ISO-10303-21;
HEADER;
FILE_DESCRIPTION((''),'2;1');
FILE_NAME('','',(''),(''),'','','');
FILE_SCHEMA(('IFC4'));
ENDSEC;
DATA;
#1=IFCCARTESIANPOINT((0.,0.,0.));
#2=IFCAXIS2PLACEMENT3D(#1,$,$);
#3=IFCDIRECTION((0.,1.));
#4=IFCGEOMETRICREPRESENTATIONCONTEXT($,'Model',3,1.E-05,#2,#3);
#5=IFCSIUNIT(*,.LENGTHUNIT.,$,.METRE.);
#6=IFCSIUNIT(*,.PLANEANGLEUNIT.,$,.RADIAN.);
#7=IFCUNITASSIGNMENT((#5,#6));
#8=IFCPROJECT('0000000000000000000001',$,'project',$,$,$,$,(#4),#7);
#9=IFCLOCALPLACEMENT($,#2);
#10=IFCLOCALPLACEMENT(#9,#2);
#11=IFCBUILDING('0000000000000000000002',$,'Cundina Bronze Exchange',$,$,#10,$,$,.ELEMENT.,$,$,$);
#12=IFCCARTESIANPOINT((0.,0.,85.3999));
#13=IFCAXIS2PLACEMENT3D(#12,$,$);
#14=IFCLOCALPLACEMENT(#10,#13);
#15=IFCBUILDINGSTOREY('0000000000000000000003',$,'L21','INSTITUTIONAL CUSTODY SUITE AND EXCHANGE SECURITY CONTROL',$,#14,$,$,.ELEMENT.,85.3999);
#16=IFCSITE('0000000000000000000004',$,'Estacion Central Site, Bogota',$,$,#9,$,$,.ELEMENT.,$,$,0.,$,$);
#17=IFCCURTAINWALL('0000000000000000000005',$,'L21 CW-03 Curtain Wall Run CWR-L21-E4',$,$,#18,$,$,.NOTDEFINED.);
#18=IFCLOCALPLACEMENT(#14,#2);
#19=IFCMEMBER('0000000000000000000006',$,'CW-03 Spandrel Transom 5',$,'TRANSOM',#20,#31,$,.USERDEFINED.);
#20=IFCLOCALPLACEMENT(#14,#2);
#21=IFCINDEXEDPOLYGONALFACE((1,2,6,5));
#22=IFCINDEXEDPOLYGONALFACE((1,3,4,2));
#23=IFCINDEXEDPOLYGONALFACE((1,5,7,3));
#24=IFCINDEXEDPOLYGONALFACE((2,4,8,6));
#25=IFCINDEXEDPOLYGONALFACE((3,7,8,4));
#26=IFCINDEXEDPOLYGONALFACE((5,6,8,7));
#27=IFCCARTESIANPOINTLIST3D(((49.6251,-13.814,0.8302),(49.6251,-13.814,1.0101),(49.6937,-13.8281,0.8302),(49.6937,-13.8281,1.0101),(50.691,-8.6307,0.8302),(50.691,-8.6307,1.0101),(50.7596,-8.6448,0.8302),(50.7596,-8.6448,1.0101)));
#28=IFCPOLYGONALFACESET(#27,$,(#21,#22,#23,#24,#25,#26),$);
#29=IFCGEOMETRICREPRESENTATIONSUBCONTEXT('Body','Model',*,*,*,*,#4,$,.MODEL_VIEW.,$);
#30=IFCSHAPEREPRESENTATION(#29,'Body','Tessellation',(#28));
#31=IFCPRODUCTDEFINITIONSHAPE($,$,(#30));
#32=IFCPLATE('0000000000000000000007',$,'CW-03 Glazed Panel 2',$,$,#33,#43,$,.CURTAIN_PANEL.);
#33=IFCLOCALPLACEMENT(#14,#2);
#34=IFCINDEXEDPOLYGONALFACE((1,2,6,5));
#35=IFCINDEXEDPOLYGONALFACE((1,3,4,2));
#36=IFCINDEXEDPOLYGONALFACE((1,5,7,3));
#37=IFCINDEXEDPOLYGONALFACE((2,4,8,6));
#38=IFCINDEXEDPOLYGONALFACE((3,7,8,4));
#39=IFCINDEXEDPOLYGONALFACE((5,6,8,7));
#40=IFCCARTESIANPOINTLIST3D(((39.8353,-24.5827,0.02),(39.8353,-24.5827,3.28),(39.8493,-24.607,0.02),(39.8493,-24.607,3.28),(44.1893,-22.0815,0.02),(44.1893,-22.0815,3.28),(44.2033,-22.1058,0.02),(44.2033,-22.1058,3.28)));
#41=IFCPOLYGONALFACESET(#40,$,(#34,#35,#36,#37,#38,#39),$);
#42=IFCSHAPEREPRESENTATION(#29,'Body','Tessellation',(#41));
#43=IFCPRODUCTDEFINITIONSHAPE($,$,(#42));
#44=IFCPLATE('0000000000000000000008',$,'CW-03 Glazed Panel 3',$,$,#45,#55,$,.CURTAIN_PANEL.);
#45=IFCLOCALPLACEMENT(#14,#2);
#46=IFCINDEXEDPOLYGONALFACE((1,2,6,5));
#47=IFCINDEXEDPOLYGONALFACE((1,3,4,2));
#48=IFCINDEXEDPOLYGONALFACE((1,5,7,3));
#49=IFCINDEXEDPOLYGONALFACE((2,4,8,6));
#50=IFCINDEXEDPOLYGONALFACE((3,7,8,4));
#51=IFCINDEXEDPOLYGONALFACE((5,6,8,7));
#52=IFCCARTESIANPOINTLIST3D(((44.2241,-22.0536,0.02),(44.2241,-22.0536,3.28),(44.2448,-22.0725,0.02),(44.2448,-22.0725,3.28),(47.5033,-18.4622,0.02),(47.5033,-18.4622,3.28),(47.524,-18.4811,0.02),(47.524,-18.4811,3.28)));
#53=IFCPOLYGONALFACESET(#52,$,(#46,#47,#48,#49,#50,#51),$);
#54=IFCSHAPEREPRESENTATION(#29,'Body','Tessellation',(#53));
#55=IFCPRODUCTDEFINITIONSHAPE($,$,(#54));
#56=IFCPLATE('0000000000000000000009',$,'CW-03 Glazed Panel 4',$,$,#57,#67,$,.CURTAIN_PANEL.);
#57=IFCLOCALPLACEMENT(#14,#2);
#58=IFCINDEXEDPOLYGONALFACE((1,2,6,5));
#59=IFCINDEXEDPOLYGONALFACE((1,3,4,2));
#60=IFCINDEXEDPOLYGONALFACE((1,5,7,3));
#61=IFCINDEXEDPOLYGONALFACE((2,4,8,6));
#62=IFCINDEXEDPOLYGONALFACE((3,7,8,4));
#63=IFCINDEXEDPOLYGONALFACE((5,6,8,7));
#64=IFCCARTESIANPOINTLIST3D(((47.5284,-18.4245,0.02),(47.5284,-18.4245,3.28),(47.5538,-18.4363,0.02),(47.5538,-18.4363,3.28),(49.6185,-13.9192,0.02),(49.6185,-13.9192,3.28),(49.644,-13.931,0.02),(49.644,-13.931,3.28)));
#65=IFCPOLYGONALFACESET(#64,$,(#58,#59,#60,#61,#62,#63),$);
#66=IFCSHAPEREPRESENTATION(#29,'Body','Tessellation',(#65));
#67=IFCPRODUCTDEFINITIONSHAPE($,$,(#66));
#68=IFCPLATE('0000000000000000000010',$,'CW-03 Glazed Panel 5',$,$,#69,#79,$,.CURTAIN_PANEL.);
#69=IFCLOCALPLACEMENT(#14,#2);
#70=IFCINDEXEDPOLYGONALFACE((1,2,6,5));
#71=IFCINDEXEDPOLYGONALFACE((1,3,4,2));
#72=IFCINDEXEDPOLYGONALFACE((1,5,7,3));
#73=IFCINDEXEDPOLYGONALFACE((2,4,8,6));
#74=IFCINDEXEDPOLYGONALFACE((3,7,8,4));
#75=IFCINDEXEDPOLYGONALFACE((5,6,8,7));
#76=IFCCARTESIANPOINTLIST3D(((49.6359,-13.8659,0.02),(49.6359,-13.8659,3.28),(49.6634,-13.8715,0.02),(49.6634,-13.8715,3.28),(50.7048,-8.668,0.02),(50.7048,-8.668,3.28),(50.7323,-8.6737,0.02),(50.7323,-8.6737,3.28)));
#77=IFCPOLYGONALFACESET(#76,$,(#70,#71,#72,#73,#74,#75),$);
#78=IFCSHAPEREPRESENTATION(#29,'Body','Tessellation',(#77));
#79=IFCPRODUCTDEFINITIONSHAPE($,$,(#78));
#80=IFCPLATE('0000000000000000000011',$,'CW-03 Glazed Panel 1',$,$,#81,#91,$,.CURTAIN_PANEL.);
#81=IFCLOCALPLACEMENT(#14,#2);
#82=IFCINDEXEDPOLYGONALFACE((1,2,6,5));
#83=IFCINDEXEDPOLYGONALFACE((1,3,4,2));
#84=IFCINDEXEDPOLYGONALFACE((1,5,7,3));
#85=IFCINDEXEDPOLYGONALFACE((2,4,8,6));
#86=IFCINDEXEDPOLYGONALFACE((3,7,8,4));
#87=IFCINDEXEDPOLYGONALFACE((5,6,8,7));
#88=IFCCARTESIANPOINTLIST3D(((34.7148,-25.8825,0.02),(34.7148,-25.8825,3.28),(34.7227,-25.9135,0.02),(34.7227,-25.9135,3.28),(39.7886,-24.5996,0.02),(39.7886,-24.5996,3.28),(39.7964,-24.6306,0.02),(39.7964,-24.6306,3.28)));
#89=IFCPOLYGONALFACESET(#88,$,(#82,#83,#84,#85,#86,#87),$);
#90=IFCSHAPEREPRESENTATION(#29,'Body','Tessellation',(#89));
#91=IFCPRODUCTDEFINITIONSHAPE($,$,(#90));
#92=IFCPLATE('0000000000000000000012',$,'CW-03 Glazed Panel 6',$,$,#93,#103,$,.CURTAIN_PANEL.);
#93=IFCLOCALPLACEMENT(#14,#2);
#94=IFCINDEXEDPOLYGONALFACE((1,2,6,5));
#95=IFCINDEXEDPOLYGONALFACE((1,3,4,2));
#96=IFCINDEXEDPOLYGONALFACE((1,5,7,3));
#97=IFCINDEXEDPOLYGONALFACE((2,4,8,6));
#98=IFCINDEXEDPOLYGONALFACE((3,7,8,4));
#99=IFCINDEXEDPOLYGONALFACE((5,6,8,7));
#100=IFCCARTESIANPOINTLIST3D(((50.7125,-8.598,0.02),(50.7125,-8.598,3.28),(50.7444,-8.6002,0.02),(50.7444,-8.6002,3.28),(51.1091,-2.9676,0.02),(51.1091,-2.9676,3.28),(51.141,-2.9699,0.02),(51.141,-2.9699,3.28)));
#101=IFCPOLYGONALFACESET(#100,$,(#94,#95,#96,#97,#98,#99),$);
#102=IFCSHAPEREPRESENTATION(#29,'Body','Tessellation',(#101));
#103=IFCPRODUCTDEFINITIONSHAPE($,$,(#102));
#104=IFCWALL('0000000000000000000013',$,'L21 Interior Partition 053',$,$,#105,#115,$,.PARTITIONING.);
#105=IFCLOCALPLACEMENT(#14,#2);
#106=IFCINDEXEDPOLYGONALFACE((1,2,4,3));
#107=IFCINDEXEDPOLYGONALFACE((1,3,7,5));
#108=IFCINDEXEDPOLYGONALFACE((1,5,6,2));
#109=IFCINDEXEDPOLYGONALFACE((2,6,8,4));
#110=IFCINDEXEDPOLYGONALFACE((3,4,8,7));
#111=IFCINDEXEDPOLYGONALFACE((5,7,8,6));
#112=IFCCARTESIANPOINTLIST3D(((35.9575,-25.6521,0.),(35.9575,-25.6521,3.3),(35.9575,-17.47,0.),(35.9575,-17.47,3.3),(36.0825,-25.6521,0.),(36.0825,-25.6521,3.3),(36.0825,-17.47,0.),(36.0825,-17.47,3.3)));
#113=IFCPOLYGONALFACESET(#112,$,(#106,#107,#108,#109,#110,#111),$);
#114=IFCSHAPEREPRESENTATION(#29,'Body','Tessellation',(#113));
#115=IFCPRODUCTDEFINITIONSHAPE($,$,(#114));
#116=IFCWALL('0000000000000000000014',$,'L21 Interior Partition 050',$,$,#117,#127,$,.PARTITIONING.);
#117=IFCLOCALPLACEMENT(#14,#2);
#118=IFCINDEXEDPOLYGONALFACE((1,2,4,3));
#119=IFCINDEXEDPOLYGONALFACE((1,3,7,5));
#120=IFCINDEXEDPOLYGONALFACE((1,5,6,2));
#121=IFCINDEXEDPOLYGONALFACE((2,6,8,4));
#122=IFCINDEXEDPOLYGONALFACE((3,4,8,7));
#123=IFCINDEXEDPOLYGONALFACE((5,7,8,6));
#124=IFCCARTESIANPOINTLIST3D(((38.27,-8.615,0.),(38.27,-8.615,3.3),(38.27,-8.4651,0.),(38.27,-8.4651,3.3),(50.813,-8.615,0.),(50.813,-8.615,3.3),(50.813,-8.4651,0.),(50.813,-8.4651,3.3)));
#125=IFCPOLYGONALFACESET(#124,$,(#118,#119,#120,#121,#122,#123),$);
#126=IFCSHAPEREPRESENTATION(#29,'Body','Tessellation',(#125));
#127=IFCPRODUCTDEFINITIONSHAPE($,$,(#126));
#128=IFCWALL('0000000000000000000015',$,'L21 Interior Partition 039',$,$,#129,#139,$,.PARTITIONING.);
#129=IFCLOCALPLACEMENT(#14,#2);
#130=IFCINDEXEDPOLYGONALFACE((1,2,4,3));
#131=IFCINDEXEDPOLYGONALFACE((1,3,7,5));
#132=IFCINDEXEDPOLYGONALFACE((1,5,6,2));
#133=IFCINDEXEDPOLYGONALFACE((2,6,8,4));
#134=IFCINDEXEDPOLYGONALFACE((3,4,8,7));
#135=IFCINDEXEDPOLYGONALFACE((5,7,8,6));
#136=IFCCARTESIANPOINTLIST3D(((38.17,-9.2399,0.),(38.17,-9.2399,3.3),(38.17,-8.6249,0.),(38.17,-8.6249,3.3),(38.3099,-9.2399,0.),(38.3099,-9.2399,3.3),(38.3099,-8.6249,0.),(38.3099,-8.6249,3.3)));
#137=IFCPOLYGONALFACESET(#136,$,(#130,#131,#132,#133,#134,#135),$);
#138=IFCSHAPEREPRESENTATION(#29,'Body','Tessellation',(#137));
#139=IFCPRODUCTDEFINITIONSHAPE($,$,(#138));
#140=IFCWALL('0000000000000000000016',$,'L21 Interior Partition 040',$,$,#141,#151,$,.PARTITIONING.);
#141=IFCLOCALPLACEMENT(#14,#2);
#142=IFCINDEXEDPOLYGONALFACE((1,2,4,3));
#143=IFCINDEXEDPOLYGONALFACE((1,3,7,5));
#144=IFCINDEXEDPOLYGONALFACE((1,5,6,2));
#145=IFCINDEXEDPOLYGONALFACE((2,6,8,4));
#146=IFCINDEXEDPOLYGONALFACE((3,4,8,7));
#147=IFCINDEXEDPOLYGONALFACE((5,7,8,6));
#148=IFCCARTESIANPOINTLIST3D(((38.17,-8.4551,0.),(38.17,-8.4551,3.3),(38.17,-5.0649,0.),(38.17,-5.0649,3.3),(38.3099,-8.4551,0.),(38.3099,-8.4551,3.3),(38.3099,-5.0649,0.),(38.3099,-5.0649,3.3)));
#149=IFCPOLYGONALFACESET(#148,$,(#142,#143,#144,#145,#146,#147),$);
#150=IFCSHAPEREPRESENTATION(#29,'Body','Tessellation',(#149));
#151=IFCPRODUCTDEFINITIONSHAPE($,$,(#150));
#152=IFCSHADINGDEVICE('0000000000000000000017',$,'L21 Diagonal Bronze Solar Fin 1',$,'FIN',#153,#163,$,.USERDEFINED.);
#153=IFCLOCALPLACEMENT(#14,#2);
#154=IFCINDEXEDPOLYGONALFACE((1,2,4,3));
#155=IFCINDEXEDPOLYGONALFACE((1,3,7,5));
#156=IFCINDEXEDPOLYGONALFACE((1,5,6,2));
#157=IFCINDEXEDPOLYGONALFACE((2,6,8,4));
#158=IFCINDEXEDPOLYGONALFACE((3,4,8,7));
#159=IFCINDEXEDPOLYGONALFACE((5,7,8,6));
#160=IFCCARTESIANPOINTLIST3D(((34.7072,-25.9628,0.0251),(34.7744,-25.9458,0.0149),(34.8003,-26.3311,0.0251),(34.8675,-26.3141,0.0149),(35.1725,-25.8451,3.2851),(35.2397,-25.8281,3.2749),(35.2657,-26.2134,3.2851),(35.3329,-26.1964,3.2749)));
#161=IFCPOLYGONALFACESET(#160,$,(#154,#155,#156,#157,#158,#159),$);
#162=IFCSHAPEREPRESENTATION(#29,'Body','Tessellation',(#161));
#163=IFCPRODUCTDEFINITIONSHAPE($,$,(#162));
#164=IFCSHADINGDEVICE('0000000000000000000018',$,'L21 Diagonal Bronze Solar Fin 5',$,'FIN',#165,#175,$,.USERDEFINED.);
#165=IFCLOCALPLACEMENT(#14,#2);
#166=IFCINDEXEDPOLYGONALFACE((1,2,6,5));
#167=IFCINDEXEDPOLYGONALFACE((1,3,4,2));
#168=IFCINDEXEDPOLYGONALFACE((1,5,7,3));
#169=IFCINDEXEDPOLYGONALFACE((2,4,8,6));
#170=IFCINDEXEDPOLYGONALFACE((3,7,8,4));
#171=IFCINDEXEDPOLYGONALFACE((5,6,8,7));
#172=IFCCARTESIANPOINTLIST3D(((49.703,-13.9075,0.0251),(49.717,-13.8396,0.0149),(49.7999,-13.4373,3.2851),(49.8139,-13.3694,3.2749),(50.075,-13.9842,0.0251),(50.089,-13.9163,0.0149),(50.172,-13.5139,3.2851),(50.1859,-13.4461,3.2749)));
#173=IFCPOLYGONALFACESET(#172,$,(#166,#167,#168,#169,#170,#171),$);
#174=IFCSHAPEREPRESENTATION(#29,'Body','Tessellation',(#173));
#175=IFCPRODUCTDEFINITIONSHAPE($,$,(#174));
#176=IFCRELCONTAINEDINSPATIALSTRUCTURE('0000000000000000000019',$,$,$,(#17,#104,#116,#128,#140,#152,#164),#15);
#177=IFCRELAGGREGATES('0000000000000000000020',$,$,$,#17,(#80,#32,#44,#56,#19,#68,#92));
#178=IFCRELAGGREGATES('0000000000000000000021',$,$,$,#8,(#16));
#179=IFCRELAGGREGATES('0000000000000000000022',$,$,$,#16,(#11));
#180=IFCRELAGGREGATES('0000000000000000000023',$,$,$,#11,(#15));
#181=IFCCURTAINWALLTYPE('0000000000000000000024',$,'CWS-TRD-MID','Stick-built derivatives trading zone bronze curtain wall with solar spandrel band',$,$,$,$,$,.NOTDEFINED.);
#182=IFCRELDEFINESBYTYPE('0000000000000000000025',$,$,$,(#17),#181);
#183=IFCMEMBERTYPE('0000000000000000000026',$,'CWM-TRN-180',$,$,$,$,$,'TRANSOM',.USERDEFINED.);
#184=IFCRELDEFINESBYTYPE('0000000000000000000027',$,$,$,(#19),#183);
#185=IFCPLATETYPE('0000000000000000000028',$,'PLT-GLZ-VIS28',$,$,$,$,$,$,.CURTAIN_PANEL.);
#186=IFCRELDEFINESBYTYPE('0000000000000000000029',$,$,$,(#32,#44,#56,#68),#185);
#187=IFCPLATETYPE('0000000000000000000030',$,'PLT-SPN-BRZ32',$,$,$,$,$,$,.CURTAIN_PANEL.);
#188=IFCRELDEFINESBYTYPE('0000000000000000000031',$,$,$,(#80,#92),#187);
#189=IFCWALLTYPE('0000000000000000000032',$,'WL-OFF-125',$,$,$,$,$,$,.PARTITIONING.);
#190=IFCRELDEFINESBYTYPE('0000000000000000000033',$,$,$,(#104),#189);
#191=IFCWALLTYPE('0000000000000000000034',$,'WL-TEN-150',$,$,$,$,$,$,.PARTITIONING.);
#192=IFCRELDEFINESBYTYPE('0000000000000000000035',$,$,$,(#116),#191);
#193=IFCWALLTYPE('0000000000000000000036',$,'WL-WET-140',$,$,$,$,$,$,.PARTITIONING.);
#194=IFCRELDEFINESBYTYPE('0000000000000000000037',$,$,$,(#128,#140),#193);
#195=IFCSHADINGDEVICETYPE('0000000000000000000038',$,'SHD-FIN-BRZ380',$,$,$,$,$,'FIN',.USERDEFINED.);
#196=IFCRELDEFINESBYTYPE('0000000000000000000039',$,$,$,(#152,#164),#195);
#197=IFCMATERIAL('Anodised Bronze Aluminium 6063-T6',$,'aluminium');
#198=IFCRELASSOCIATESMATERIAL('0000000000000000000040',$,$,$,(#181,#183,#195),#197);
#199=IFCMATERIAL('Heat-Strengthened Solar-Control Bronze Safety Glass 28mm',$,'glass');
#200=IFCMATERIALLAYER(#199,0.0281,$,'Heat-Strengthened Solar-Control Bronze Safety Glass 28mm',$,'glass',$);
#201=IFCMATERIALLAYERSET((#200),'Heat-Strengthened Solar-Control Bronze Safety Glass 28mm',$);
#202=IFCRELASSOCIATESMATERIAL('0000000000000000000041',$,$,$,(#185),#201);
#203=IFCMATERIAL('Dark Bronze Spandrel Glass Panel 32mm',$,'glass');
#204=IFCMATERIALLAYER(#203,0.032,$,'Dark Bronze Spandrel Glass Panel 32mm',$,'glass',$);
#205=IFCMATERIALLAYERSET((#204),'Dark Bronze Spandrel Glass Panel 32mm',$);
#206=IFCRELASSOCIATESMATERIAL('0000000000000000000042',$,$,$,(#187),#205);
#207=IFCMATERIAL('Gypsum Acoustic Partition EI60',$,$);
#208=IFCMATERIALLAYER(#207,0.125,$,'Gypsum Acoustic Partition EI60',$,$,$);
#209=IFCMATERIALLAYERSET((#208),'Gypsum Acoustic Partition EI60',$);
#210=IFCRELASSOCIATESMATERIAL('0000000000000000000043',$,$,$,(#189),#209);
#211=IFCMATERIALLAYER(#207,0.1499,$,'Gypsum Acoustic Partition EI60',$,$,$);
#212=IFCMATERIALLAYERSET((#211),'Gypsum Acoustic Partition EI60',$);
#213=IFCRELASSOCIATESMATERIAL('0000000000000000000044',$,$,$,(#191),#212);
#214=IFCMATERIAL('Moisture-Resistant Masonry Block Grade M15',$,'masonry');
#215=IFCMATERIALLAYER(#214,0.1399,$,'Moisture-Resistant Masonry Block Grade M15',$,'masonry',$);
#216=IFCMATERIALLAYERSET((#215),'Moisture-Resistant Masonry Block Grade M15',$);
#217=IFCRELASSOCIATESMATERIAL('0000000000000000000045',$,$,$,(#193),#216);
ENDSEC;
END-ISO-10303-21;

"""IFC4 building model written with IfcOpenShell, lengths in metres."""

from ifc_helpers import new_model, si_unit, direction, frame, frame_2d, origin, origin_2d, place, context, subcontext, project, spatial, rectangle, extrude, material, layer, layer_set, material_profile, profile_set, type_object, element, aggregate, save


model = new_model("IFC4")

# Units and contexts
model_context = context("Model", 3, precision=1e-05, world=origin(), true_north=direction((0.0, 1.0)))
body_context = subcontext(model_context, "Body", "Model", "MODEL_VIEW")
ifc_project = project(units=[si_unit("LENGTHUNIT", "METRE"), si_unit("PLANEANGLEUNIT", "RADIAN")], contexts=[model_context])

# Site, building, storey
site_placement = place(None, origin())
site = spatial("IfcSite", under=ifc_project, at=site_placement, Name="Estacion Central Site, Bogota", CompositionType="ELEMENT", RefElevation=0.0)
building_placement = place(site_placement, origin())
building = spatial("IfcBuilding", under=site, at=building_placement, Name="Cundina Bronze Exchange", CompositionType="ELEMENT")
storey_placement = place(building_placement, frame((0.0, 0.0, 85.3999)))
storey = spatial("IfcBuildingStorey", under=building, at=storey_placement, Name="L21", Description="INSTITUTIONAL CUSTODY SUITE AND EXCHANGE SECURITY CONTROL", CompositionType="ELEMENT", Elevation=85.3999)

# Curtain wall, member, plates
ifc_material_1 = material(Name="Anodised Bronze Aluminium 6063-T6", Category="aluminium")
curtain_wall_type = type_object("IfcCurtainWallType", Name="CWS-TRD-MID", Description="Stick-built derivatives trading zone bronze curtain wall with solar spandrel band", PredefinedType="NOTDEFINED", material=ifc_material_1)
curtain_wall_placement = place(storey_placement, origin())
curtain_wall = element("IfcCurtainWall", 1, at=curtain_wall_placement, inside=storey, type_object=curtain_wall_type, Name="L21 CW-03 Curtain Wall Run CWR-L21-E4", PredefinedType="NOTDEFINED")
ifc_material_profile_1 = material_profile(ifc_material_1, rectangle(XDim=0.0701, YDim=0.1799, at=origin_2d()), Name="AL70X180", Category="aluminium")
ifc_profile_set_1 = profile_set([ifc_material_profile_1], Name="Anodised Bronze Aluminium 6063-T6")
member_type_1 = type_object("IfcMemberType", Name="CWM-TRN-180", ElementType="TRANSOM", PredefinedType="USERDEFINED", material=ifc_profile_set_1)
member_1_placement = place(storey_placement, frame((49.6594, -13.821, 0.9202), z_axis=(0.201428, 0.979503, 0.0), x_axis=(-0.979503, 0.201428, 0.0)))
member_1 = element("IfcMember", 2, at=member_1_placement, type_object=member_type_1, Name="CW-03 Spandrel Transom 5", ObjectType="TRANSOM", PredefinedType="USERDEFINED", context=body_context, shape_type="SweptSolid", body=[
    extrude(rectangle(XDim=0.0701, YDim=0.1799, at=origin_2d()), origin(), (0.0, 0.0, 1.0), 5.2917),
])
ifc_material_2 = material(Name="Heat-Strengthened Solar-Control Bronze Safety Glass 28mm", Category="glass")
ifc_layer_1 = layer(ifc_material_2, 0.0281, Name="Heat-Strengthened Solar-Control Bronze Safety Glass 28mm", Category="glass")
ifc_layer_set_1 = layer_set([ifc_layer_1], Name="Heat-Strengthened Solar-Control Bronze Safety Glass 28mm")
plate_type_1 = type_object("IfcPlateType", Name="PLT-GLZ-VIS28", PredefinedType="CURTAIN_PANEL", material=ifc_layer_set_1)
plate_1_placement = place(storey_placement, frame((42.0193, -23.3442, 0.02), z_axis=(0.0, 0.0, 1.0), x_axis=(0.867105, 0.498125, 0.0)))
plate_1 = element("IfcPlate", 3, at=plate_1_placement, type_object=plate_type_1, Name="CW-03 Glazed Panel 2", PredefinedType="CURTAIN_PANEL", context=body_context, shape_type="SweptSolid", body=[
    extrude(rectangle(XDim=5.0212, YDim=0.0281, at=origin_2d()), origin(), (0.0, 0.0, 1.0), 3.26),
])
plate_2_placement = place(storey_placement, frame((45.874, -20.2673, 0.02), z_axis=(0.0, 0.0, 1.0), x_axis=(0.674277, 0.738479, 0.0)))
plate_2 = element("IfcPlate", 4, at=plate_2_placement, type_object=plate_type_1, Name="CW-03 Glazed Panel 3", PredefinedType="CURTAIN_PANEL", context=body_context, shape_type="SweptSolid", body=[
    extrude(rectangle(XDim=4.8633, YDim=0.0281, at=origin_2d()), origin(), (0.0, 0.0, 1.0), 3.26),
])
plate_3_placement = place(storey_placement, frame((48.5862, -16.1777, 0.02), z_axis=(0.0, 0.0, 1.0), x_axis=(0.420846, 0.907132, 0.0)))
plate_3 = element("IfcPlate", 5, at=plate_3_placement, type_object=plate_type_1, Name="CW-03 Glazed Panel 4", PredefinedType="CURTAIN_PANEL", context=body_context, shape_type="SweptSolid", body=[
    extrude(rectangle(XDim=4.9666, YDim=0.0281, at=origin_2d()), origin(), (0.0, 0.0, 1.0), 3.26),
])
plate_4_placement = place(storey_placement, frame((50.1841, -11.2698, 0.02), z_axis=(0.0, 0.0, 1.0), x_axis=(0.20142, 0.979505, 0.0)))
plate_4 = element("IfcPlate", 6, at=plate_4_placement, type_object=plate_type_1, Name="CW-03 Glazed Panel 5", PredefinedType="CURTAIN_PANEL", context=body_context, shape_type="SweptSolid", body=[
    extrude(rectangle(XDim=5.3066, YDim=0.0281, at=origin_2d()), origin(), (0.0, 0.0, 1.0), 3.26),
])
ifc_material_3 = material(Name="Dark Bronze Spandrel Glass Panel 32mm", Category="glass")
ifc_layer_2 = layer(ifc_material_3, 0.032, Name="Dark Bronze Spandrel Glass Panel 32mm", Category="glass")
ifc_layer_set_2 = layer_set([ifc_layer_2], Name="Dark Bronze Spandrel Glass Panel 32mm")
plate_type_2 = type_object("IfcPlateType", Name="PLT-SPN-BRZ32", PredefinedType="CURTAIN_PANEL", material=ifc_layer_set_2)
plate_5_placement = place(storey_placement, frame((37.2556, -25.2566, 0.02), z_axis=(0.0, 0.0, 1.0), x_axis=(0.969488, 0.245138, 0.0)))
plate_5 = element("IfcPlate", 7, at=plate_5_placement, type_object=plate_type_2, Name="CW-03 Glazed Panel 1", PredefinedType="CURTAIN_PANEL", context=body_context, shape_type="SweptSolid", body=[
    extrude(rectangle(XDim=5.2334, YDim=0.032, at=origin_2d()), origin(), (0.0, 0.0, 1.0), 3.26),
])
plate_6_placement = place(storey_placement, frame((50.9268, -5.7839, 0.02), z_axis=(0.0, 0.0, 1.0), x_axis=(0.070279, 0.997527, 0.0)))
plate_6 = element("IfcPlate", 8, at=plate_6_placement, type_object=plate_type_2, Name="CW-03 Glazed Panel 6", PredefinedType="CURTAIN_PANEL", context=body_context, shape_type="SweptSolid", body=[
    extrude(rectangle(XDim=5.6443, YDim=0.032, at=origin_2d()), origin(), (0.0, 0.0, 1.0), 3.26),
])
aggregate(curtain_wall, [plate_5, plate_1, plate_2, plate_3, member_1, plate_4, plate_6])

# Walls
ifc_material_4 = material(Name="Gypsum Acoustic Partition EI60")
ifc_layer_3 = layer(ifc_material_4, 0.125, Name="Gypsum Acoustic Partition EI60")
ifc_layer_set_3 = layer_set([ifc_layer_3], Name="Gypsum Acoustic Partition EI60")
wall_type_1 = type_object("IfcWallType", Name="WL-OFF-125", PredefinedType="PARTITIONING", material=ifc_layer_set_3)
wall_1_placement = place(storey_placement, frame((36.02, -25.6521, 0.0), z_axis=(0.0, 0.0, 1.0), x_axis=(0.0, 1.0, 0.0)))
element("IfcWall", 9, at=wall_1_placement, inside=storey, type_object=wall_type_1, Name="L21 Interior Partition 053", PredefinedType="PARTITIONING", context=body_context, shape_type="SweptSolid", body=[
    extrude(rectangle(XDim=8.1821, YDim=0.125, at=frame_2d((4.0911, 0.0))), origin(), (0.0, 0.0, 1.0), 3.3),
])
ifc_layer_4 = layer(ifc_material_4, 0.1499, Name="Gypsum Acoustic Partition EI60")
ifc_layer_set_4 = layer_set([ifc_layer_4], Name="Gypsum Acoustic Partition EI60")
wall_type_2 = type_object("IfcWallType", Name="WL-TEN-150", PredefinedType="PARTITIONING", material=ifc_layer_set_4)
wall_2_placement = place(storey_placement, frame((38.27, -8.54, 0.0), z_axis=(0.0, 0.0, 1.0), x_axis=(1.0, 0.0, 0.0)))
element("IfcWall", 10, at=wall_2_placement, inside=storey, type_object=wall_type_2, Name="L21 Interior Partition 050", PredefinedType="PARTITIONING", context=body_context, shape_type="SweptSolid", body=[
    extrude(rectangle(XDim=12.543, YDim=0.1499, at=frame_2d((6.2715, 0.0))), origin(), (0.0, 0.0, 1.0), 3.3),
])
ifc_material_5 = material(Name="Moisture-Resistant Masonry Block Grade M15", Category="masonry")
ifc_layer_5 = layer(ifc_material_5, 0.1399, Name="Moisture-Resistant Masonry Block Grade M15", Category="masonry")
ifc_layer_set_5 = layer_set([ifc_layer_5], Name="Moisture-Resistant Masonry Block Grade M15")
wall_type_3 = type_object("IfcWallType", Name="WL-WET-140", PredefinedType="PARTITIONING", material=ifc_layer_set_5)
wall_3_placement = place(storey_placement, frame((38.24, -9.24, 0.0), z_axis=(0.0, 0.0, 1.0), x_axis=(0.0, 1.0, 0.0)))
element("IfcWall", 11, at=wall_3_placement, inside=storey, type_object=wall_type_3, Name="L21 Interior Partition 039", PredefinedType="PARTITIONING", context=body_context, shape_type="SweptSolid", body=[
    extrude(rectangle(XDim=0.615, YDim=0.1399, at=frame_2d((0.3076, 0.0))), origin(), (0.0, 0.0, 1.0), 3.3),
])
wall_4_placement = place(storey_placement, frame((38.24, -8.4551, 0.0), z_axis=(0.0, 0.0, 1.0), x_axis=(0.0, 1.0, 0.0)))
element("IfcWall", 12, at=wall_4_placement, inside=storey, type_object=wall_type_3, Name="L21 Interior Partition 040", PredefinedType="PARTITIONING", context=body_context, shape_type="SweptSolid", body=[
    extrude(rectangle(XDim=3.3901, YDim=0.1399, at=frame_2d((1.6951, 0.0))), origin(), (0.0, 0.0, 1.0), 3.3),
])

# Shading devices
ifc_material_profile_2 = material_profile(ifc_material_1, rectangle(XDim=0.0701, YDim=0.3799, at=origin_2d()), Name="FIN70X380", Category="aluminium")
ifc_profile_set_2 = profile_set([ifc_material_profile_2], Name="Anodised Bronze Aluminium 6063-T6")
shading_device_type = type_object("IfcShadingDeviceType", Name="SHD-FIN-BRZ380", ElementType="FIN", PredefinedType="USERDEFINED", material=ifc_profile_set_2)
for number, where, z_axis, x_axis, name in (
    (13, (34.7874, -26.1384, 0.02), (0.141217, 0.035712, 0.989334), (-0.959141, -0.242553, 0.145663), "L21 Diagonal Bronze Solar Fin 1"),
    (14, (49.896, -13.9119, 0.02), (0.029414, 0.142698, 0.989329), (-0.199728, -0.968959, 0.145698), "L21 Diagonal Bronze Solar Fin 5"),
):
    element("IfcShadingDevice", number, at=place(storey_placement, frame(where, z_axis=z_axis, x_axis=x_axis)), inside=storey, type_object=shading_device_type, Name=name, ObjectType="FIN", PredefinedType="USERDEFINED", context=body_context, shape_type="SweptSolid", body=[
        extrude(rectangle(XDim=0.0701, YDim=0.3799, at=origin_2d()), origin(), (0.0, 0.0, 1.0), 3.2952),
    ])

save(model, "model.ifc")
